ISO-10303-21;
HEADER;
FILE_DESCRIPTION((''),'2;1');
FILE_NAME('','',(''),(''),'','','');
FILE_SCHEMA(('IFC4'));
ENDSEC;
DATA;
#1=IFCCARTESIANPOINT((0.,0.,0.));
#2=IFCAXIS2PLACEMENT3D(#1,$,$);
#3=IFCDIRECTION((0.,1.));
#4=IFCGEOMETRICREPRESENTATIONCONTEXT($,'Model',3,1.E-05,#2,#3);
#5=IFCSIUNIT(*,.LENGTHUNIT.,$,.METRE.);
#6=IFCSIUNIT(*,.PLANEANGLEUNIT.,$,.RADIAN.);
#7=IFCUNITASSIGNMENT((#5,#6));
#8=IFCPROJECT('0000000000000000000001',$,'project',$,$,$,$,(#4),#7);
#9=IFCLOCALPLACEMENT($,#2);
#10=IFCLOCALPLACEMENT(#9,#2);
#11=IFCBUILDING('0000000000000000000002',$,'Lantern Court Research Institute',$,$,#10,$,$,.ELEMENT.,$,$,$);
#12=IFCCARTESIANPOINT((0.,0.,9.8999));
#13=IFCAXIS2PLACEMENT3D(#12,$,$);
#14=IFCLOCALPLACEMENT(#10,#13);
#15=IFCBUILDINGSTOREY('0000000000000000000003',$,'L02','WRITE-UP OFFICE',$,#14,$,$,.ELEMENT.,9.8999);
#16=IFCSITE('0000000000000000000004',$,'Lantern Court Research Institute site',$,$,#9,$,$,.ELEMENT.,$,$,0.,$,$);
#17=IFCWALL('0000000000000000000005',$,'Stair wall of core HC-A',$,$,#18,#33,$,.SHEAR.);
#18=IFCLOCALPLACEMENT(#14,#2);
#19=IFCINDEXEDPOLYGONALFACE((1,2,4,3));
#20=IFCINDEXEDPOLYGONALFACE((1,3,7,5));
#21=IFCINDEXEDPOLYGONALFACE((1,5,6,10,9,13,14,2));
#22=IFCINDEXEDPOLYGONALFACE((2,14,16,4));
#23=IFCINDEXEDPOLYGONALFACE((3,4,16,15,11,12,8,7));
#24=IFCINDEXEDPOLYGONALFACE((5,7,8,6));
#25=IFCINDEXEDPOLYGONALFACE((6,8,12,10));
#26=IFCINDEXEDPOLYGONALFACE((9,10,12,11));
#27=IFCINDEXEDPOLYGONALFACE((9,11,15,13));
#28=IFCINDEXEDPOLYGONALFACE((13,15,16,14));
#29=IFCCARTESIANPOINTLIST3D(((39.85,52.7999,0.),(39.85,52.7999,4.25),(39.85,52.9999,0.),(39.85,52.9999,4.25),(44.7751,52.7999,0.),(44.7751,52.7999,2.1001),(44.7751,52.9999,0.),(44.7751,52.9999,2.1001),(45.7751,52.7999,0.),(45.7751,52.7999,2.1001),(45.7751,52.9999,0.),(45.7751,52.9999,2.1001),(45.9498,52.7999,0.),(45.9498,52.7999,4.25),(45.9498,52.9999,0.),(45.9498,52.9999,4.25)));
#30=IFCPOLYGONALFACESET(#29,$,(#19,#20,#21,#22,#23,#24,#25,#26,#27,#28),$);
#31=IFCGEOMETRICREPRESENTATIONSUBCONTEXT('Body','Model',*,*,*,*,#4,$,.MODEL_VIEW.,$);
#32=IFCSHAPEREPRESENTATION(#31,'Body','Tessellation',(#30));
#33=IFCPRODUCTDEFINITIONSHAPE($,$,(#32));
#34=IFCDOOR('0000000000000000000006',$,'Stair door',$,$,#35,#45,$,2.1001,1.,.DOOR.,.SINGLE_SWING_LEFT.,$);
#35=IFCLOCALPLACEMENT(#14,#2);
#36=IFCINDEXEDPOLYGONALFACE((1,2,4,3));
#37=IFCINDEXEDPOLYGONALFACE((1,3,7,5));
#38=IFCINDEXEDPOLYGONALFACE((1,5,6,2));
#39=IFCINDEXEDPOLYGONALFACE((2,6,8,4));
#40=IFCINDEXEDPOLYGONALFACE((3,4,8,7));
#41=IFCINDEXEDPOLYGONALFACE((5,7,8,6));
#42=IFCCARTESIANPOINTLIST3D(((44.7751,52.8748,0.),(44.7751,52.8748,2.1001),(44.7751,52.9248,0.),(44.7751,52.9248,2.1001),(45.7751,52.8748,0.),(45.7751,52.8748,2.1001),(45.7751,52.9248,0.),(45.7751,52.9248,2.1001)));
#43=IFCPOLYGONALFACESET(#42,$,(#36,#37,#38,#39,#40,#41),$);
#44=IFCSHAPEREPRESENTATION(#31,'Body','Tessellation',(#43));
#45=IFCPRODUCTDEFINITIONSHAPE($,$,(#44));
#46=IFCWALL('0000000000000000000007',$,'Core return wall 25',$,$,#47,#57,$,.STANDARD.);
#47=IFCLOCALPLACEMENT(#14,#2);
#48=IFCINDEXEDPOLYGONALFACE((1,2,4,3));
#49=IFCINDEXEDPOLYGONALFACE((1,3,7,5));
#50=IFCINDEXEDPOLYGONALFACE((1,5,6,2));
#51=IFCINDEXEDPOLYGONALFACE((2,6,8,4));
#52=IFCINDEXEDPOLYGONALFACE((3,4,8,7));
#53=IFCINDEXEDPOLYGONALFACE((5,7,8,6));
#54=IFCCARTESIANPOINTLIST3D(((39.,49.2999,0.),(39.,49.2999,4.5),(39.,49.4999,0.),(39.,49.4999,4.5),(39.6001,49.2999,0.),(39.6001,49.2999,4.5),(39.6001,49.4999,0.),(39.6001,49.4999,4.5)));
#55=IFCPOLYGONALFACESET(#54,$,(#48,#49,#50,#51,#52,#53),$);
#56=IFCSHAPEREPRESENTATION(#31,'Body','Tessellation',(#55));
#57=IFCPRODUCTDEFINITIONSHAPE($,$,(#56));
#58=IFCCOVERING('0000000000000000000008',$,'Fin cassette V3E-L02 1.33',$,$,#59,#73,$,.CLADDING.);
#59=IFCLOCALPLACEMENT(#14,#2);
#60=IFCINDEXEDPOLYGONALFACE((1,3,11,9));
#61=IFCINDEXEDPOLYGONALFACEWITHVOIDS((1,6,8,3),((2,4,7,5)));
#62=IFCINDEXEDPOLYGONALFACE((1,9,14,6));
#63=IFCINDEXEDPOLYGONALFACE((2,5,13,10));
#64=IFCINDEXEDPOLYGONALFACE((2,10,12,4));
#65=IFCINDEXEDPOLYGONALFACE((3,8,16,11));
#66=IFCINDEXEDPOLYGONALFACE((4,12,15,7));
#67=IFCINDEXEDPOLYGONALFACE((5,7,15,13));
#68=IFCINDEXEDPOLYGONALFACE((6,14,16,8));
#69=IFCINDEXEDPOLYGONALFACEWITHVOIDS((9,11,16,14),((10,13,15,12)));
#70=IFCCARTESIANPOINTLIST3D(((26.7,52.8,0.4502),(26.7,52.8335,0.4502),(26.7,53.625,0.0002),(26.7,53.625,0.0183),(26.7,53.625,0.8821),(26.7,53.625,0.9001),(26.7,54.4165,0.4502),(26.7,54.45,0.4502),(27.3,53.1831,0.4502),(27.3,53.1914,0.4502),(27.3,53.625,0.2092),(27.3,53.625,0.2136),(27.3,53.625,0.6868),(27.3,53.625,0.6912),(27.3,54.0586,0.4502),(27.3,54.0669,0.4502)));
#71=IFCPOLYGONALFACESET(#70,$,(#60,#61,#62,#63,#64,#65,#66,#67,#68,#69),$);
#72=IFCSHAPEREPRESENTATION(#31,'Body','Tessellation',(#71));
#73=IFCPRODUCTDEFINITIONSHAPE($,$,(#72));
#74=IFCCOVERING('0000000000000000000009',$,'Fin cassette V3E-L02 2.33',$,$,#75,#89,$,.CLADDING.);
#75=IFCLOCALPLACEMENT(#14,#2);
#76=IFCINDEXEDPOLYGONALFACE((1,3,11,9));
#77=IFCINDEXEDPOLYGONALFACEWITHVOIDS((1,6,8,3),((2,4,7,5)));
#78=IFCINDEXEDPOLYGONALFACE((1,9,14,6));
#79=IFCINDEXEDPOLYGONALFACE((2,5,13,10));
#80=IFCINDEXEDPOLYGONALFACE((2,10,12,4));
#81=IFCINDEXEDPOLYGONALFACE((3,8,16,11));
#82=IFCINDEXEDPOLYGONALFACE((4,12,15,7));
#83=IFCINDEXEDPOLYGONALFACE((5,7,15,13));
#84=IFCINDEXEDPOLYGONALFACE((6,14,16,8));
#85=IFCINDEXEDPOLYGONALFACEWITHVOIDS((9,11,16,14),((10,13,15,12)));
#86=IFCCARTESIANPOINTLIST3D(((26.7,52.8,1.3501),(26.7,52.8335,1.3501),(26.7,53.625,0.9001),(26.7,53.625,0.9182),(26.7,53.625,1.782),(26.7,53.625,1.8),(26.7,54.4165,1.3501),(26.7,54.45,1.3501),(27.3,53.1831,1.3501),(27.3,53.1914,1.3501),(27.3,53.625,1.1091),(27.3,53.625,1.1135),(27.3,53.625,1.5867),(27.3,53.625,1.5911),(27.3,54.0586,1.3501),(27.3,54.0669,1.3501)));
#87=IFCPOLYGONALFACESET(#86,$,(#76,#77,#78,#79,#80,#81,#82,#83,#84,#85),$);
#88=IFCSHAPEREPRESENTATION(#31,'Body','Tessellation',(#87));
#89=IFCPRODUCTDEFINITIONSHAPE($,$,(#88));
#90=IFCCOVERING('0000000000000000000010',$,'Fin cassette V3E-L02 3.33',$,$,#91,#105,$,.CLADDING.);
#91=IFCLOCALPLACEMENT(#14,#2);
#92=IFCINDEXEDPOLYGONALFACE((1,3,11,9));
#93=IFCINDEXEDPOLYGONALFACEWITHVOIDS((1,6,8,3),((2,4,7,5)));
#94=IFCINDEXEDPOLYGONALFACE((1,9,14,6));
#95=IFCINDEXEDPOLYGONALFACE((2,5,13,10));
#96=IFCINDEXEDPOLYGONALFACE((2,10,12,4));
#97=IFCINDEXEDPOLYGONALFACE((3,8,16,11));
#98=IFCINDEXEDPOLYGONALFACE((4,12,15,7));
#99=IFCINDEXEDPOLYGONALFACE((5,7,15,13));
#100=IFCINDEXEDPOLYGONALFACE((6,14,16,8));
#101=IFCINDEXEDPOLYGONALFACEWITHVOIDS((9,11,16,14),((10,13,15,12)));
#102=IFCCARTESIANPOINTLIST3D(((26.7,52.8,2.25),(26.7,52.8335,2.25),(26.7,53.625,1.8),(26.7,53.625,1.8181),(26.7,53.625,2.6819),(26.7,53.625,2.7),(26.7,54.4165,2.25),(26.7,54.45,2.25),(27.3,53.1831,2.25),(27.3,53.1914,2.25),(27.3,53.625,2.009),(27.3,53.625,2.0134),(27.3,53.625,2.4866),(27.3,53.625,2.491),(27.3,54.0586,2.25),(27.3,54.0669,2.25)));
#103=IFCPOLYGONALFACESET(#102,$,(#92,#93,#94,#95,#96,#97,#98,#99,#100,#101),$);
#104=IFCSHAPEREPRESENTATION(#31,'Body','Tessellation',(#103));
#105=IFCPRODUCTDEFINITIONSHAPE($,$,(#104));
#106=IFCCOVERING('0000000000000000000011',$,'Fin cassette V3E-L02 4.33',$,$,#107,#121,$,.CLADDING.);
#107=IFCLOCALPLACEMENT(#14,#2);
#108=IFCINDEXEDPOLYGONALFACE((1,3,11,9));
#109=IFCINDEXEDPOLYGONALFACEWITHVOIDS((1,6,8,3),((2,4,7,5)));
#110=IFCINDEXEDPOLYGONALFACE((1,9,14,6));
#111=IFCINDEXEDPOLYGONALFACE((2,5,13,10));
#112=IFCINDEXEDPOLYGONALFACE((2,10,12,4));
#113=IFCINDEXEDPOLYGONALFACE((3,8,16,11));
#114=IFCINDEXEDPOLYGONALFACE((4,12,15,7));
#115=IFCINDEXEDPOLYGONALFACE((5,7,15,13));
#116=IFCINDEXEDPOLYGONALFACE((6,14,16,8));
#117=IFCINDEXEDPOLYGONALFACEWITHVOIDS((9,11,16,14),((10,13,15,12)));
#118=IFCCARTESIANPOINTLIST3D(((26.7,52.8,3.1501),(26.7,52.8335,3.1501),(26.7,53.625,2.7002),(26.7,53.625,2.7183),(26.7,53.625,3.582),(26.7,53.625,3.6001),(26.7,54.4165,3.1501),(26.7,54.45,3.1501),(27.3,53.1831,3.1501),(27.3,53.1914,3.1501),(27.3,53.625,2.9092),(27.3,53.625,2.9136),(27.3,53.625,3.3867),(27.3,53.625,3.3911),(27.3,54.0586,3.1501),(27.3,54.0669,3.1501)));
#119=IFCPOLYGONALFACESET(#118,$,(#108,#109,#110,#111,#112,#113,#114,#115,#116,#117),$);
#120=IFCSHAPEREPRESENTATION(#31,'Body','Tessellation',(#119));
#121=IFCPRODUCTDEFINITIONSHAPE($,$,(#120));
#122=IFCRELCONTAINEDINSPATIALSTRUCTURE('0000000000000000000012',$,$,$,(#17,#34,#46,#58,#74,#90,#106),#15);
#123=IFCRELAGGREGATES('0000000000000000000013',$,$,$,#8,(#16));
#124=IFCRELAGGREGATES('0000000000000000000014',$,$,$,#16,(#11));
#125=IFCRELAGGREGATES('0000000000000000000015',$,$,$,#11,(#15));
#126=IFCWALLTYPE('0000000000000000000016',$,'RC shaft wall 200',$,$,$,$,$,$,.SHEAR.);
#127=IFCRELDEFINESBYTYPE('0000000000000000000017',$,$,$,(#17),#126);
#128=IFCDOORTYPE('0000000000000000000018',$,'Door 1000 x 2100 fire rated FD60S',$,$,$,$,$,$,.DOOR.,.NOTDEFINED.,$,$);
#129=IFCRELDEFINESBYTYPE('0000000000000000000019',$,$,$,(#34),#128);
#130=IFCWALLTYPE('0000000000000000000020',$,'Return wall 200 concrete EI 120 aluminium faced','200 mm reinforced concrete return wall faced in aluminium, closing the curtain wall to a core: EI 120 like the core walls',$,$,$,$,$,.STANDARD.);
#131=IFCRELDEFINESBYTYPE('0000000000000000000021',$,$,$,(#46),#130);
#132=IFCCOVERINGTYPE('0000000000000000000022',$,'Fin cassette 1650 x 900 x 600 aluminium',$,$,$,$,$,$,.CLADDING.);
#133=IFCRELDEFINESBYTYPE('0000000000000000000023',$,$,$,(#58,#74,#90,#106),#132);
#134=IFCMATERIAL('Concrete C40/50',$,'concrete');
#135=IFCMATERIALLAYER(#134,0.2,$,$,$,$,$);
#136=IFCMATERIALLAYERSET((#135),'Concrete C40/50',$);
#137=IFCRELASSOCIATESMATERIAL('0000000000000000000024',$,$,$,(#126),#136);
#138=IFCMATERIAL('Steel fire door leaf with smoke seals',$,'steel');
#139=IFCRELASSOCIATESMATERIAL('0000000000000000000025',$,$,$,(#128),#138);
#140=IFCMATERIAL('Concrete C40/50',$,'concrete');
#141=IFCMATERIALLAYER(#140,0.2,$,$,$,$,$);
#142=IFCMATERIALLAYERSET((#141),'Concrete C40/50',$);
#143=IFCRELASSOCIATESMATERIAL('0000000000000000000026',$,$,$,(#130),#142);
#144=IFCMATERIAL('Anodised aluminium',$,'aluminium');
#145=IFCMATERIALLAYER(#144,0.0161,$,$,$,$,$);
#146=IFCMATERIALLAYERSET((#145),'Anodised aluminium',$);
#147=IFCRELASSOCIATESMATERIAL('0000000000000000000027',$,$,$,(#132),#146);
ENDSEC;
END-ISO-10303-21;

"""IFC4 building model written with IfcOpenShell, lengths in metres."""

from ifc_helpers import new_model, entity, si_unit, direction, frame, frame_2d, origin, place, context, subcontext, project, spatial, rectangle, extrude, material, layer, layer_set, type_object, element, fill, save


model = new_model("IFC4")

# Units and contexts
model_context = context("Model", 3, precision=1e-05, world=origin(), true_north=direction((0.0, 1.0)))
body_context = subcontext(model_context, "Body", "Model", "MODEL_VIEW")
ifc_project = project(units=[si_unit("LENGTHUNIT", "METRE"), si_unit("PLANEANGLEUNIT", "RADIAN")], contexts=[model_context])

# Site, building, storey
site_placement = place(None, origin())
site = spatial("IfcSite", under=ifc_project, at=site_placement, Name="Lantern Court Research Institute site", CompositionType="ELEMENT", RefElevation=0.0)
building_placement = place(site_placement, origin())
building = spatial("IfcBuilding", under=site, at=building_placement, Name="Lantern Court Research Institute", CompositionType="ELEMENT")
storey_placement = place(building_placement, frame((0.0, 0.0, 9.8999)))
storey = spatial("IfcBuildingStorey", under=building, at=storey_placement, Name="L02", Description="WRITE-UP OFFICE", CompositionType="ELEMENT", Elevation=9.8999)

# Wall, opening, door
ifc_material_1 = material(Name="Concrete C40/50", Category="concrete")
ifc_layer_1 = layer(ifc_material_1, 0.2)
ifc_layer_set_1 = layer_set([ifc_layer_1], Name="Concrete C40/50")
wall_type_1 = type_object("IfcWallType", Name="RC shaft wall 200", PredefinedType="SHEAR", material=ifc_layer_set_1)
wall_1_placement = place(storey_placement, frame((39.8501, 52.8999, 0.0), z_axis=(0.0, 0.0, 1.0), x_axis=(1.0, 0.0, 0.0)))
wall_1 = element("IfcWall", 1, at=wall_1_placement, inside=storey, type_object=wall_type_1, Name="Stair wall of core HC-A", PredefinedType="SHEAR", context=body_context, shape_type="SweptSolid", body=[
    extrude(rectangle(XDim=6.0999, YDim=0.2, at=frame_2d((3.0498, 0.0))), origin(), (0.0, 0.0, 1.0), 4.25),
])
opening_1_placement = place(wall_1_placement, frame((4.925, 0.0, 0.0)))
opening_1 = element("IfcOpeningElement", 2, at=opening_1_placement, cuts=wall_1, PredefinedType="OPENING", context=body_context, shape_type="SweptSolid", body=[
    extrude(rectangle(XDim=1.0, YDim=2.1001, at=frame_2d((0.5, 1.05))), frame((0.0, 0.1099, 0.0), z_axis=(0.0, -1.0, 0.0), x_axis=(1.0, 0.0, 0.0)), (0.0, 0.0, 1.0), 0.22),
])
ifc_material_2 = material(Name="Steel fire door leaf with smoke seals", Category="steel")
door_type_1 = type_object("IfcDoorType", Name="Door 1000 x 2100 fire rated FD60S", OperationType="NOTDEFINED", PredefinedType="DOOR", material=ifc_material_2)
door_1_placement = place(opening_1_placement, origin())
door_1 = element("IfcDoor", 3, at=door_1_placement, inside=storey, type_object=door_type_1, Name="Stair door", OperationType="SINGLE_SWING_LEFT", OverallHeight=2.1001, OverallWidth=1.0, PredefinedType="DOOR", context=body_context, shape_type="SweptSolid", body=[
    extrude(rectangle(XDim=1.0, YDim=2.1001, at=frame_2d((0.5, 1.05))), frame((0.0, 0.0249, 0.0), z_axis=(0.0, -1.0, 0.0), x_axis=(1.0, 0.0, 0.0)), (0.0, 0.0, 1.0), 0.05),
])
fill(opening_1, door_1)

# Wall
ifc_material_3 = material(Name="Concrete C40/50", Category="concrete")
ifc_layer_2 = layer(ifc_material_3, 0.2)
ifc_layer_set_2 = layer_set([ifc_layer_2], Name="Concrete C40/50")
wall_type_2 = type_object("IfcWallType", Name="Return wall 200 concrete EI 120 aluminium faced", Description="200 mm reinforced concrete return wall faced in aluminium, closing the curtain wall to a core: EI 120 like the core walls", PredefinedType="STANDARD", material=ifc_layer_set_2)
wall_2_placement = place(storey_placement, frame((39.6001, 49.3999, 0.0), z_axis=(0.0, 0.0, 1.0), x_axis=(-1.0, 0.0, 0.0)))
element("IfcWall", 4, at=wall_2_placement, inside=storey, type_object=wall_type_2, Name="Core return wall 25", PredefinedType="STANDARD", context=body_context, shape_type="SweptSolid", body=[
    extrude(rectangle(XDim=0.6001, YDim=0.2, at=frame_2d((0.3, 0.0))), origin(), (0.0, 0.0, 1.0), 4.5),
])

# Coverings
ifc_material_4 = material(Name="Anodised aluminium", Category="aluminium")
ifc_layer_3 = layer(ifc_material_4, 0.0161)
ifc_layer_set_3 = layer_set([ifc_layer_3], Name="Anodised aluminium")
covering_type = type_object("IfcCoveringType", Name="Fin cassette 1650 x 900 x 600 aluminium", PredefinedType="CLADDING", material=ifc_layer_set_3)
covering_1_placement = place(storey_placement, frame((26.7, 53.625, 0.4502), z_axis=(1.0, 0.0, 0.0), x_axis=(0.0, 1.0, 0.0)))
cartesian_point_1 = entity("IfcCartesianPoint", [0.825, 0.0])
cartesian_point_2 = entity("IfcCartesianPoint", [0.7915, 0.0])
cartesian_point_3 = entity("IfcCartesianPoint", [0.4419, 0.0])
cartesian_point_4 = entity("IfcCartesianPoint", [0.4336, 0.0])
element("IfcCovering", 5, at=covering_1_placement, inside=storey, type_object=covering_type, Name="Fin cassette V3E-L02 1.33", PredefinedType="CLADDING", context=body_context, shape_type="SweptSolid", body=[
    entity("IfcExtrudedAreaSolidTapered", entity("IfcArbitraryProfileDefWithVoids", "AREA", None, entity("IfcPolyline", [cartesian_point_1, entity("IfcCartesianPoint", [0.0, 0.45]), entity("IfcCartesianPoint", [-0.825, 0.0]), entity("IfcCartesianPoint", [0.0, -0.45]), cartesian_point_1]), [entity("IfcPolyline", [cartesian_point_2, entity("IfcCartesianPoint", [0.0, 0.4319]), entity("IfcCartesianPoint", [-0.7915, 0.0]), entity("IfcCartesianPoint", [0.0, -0.4319]), cartesian_point_2])]), entity("IfcAxis2Placement3D", entity("IfcCartesianPoint", [0.0, 0.0, 0.0])), entity("IfcDirection", [0.0, 0.0, 1.0]), 0.6001, entity("IfcArbitraryProfileDefWithVoids", "AREA", None, entity("IfcPolyline", [cartesian_point_3, entity("IfcCartesianPoint", [0.0, 0.241]), entity("IfcCartesianPoint", [-0.4419, 0.0]), entity("IfcCartesianPoint", [0.0, -0.241]), cartesian_point_3]), [entity("IfcPolyline", [cartesian_point_4, entity("IfcCartesianPoint", [0.0, 0.2366]), entity("IfcCartesianPoint", [-0.4336, 0.0]), entity("IfcCartesianPoint", [0.0, -0.2366]), cartesian_point_4])])),
])
covering_2_placement = place(storey_placement, frame((26.7, 53.625, 1.3501), z_axis=(1.0, 0.0, 0.0), x_axis=(0.0, 1.0, 0.0)))
cartesian_point_5 = entity("IfcCartesianPoint", [0.825, 0.0])
cartesian_point_6 = entity("IfcCartesianPoint", [0.7915, 0.0])
cartesian_point_7 = entity("IfcCartesianPoint", [0.4419, 0.0])
cartesian_point_8 = entity("IfcCartesianPoint", [0.4336, 0.0])
element("IfcCovering", 6, at=covering_2_placement, inside=storey, type_object=covering_type, Name="Fin cassette V3E-L02 2.33", PredefinedType="CLADDING", context=body_context, shape_type="SweptSolid", body=[
    entity("IfcExtrudedAreaSolidTapered", entity("IfcArbitraryProfileDefWithVoids", "AREA", None, entity("IfcPolyline", [cartesian_point_5, entity("IfcCartesianPoint", [0.0, 0.45]), entity("IfcCartesianPoint", [-0.825, 0.0]), entity("IfcCartesianPoint", [0.0, -0.45]), cartesian_point_5]), [entity("IfcPolyline", [cartesian_point_6, entity("IfcCartesianPoint", [0.0, 0.4319]), entity("IfcCartesianPoint", [-0.7915, 0.0]), entity("IfcCartesianPoint", [0.0, -0.4319]), cartesian_point_6])]), entity("IfcAxis2Placement3D", entity("IfcCartesianPoint", [0.0, 0.0, 0.0])), entity("IfcDirection", [0.0, 0.0, 1.0]), 0.6001, entity("IfcArbitraryProfileDefWithVoids", "AREA", None, entity("IfcPolyline", [cartesian_point_7, entity("IfcCartesianPoint", [0.0, 0.241]), entity("IfcCartesianPoint", [-0.4419, 0.0]), entity("IfcCartesianPoint", [0.0, -0.241]), cartesian_point_7]), [entity("IfcPolyline", [cartesian_point_8, entity("IfcCartesianPoint", [0.0, 0.2366]), entity("IfcCartesianPoint", [-0.4336, 0.0]), entity("IfcCartesianPoint", [0.0, -0.2366]), cartesian_point_8])])),
])
covering_3_placement = place(storey_placement, frame((26.7, 53.625, 2.25), z_axis=(1.0, 0.0, 0.0), x_axis=(0.0, 1.0, 0.0)))
cartesian_point_9 = entity("IfcCartesianPoint", [0.825, 0.0])
cartesian_point_10 = entity("IfcCartesianPoint", [0.7915, 0.0])
cartesian_point_11 = entity("IfcCartesianPoint", [0.4419, 0.0])
cartesian_point_12 = entity("IfcCartesianPoint", [0.4336, 0.0])
element("IfcCovering", 7, at=covering_3_placement, inside=storey, type_object=covering_type, Name="Fin cassette V3E-L02 3.33", PredefinedType="CLADDING", context=body_context, shape_type="SweptSolid", body=[
    entity("IfcExtrudedAreaSolidTapered", entity("IfcArbitraryProfileDefWithVoids", "AREA", None, entity("IfcPolyline", [cartesian_point_9, entity("IfcCartesianPoint", [0.0, 0.45]), entity("IfcCartesianPoint", [-0.825, 0.0]), entity("IfcCartesianPoint", [0.0, -0.45]), cartesian_point_9]), [entity("IfcPolyline", [cartesian_point_10, entity("IfcCartesianPoint", [0.0, 0.4319]), entity("IfcCartesianPoint", [-0.7915, 0.0]), entity("IfcCartesianPoint", [0.0, -0.4319]), cartesian_point_10])]), entity("IfcAxis2Placement3D", entity("IfcCartesianPoint", [0.0, 0.0, 0.0])), entity("IfcDirection", [0.0, 0.0, 1.0]), 0.6001, entity("IfcArbitraryProfileDefWithVoids", "AREA", None, entity("IfcPolyline", [cartesian_point_11, entity("IfcCartesianPoint", [0.0, 0.241]), entity("IfcCartesianPoint", [-0.4419, 0.0]), entity("IfcCartesianPoint", [0.0, -0.241]), cartesian_point_11]), [entity("IfcPolyline", [cartesian_point_12, entity("IfcCartesianPoint", [0.0, 0.2366]), entity("IfcCartesianPoint", [-0.4336, 0.0]), entity("IfcCartesianPoint", [0.0, -0.2366]), cartesian_point_12])])),
])
covering_4_placement = place(storey_placement, frame((26.7, 53.625, 3.1501), z_axis=(1.0, 0.0, 0.0), x_axis=(0.0, 1.0, 0.0)))
cartesian_point_13 = entity("IfcCartesianPoint", [0.825, 0.0])
cartesian_point_14 = entity("IfcCartesianPoint", [0.7915, 0.0])
cartesian_point_15 = entity("IfcCartesianPoint", [0.4419, 0.0])
cartesian_point_16 = entity("IfcCartesianPoint", [0.4336, 0.0])
element("IfcCovering", 8, at=covering_4_placement, inside=storey, type_object=covering_type, Name="Fin cassette V3E-L02 4.33", PredefinedType="CLADDING", context=body_context, shape_type="SweptSolid", body=[
    entity("IfcExtrudedAreaSolidTapered", entity("IfcArbitraryProfileDefWithVoids", "AREA", None, entity("IfcPolyline", [cartesian_point_13, entity("IfcCartesianPoint", [0.0, 0.45]), entity("IfcCartesianPoint", [-0.825, 0.0]), entity("IfcCartesianPoint", [0.0, -0.45]), cartesian_point_13]), [entity("IfcPolyline", [cartesian_point_14, entity("IfcCartesianPoint", [0.0, 0.4319]), entity("IfcCartesianPoint", [-0.7915, 0.0]), entity("IfcCartesianPoint", [0.0, -0.4319]), cartesian_point_14])]), entity("IfcAxis2Placement3D", entity("IfcCartesianPoint", [0.0, 0.0, 0.0])), entity("IfcDirection", [0.0, 0.0, 1.0]), 0.6001, entity("IfcArbitraryProfileDefWithVoids", "AREA", None, entity("IfcPolyline", [cartesian_point_15, entity("IfcCartesianPoint", [0.0, 0.241]), entity("IfcCartesianPoint", [-0.4419, 0.0]), entity("IfcCartesianPoint", [0.0, -0.241]), cartesian_point_15]), [entity("IfcPolyline", [cartesian_point_16, entity("IfcCartesianPoint", [0.0, 0.2366]), entity("IfcCartesianPoint", [-0.4336, 0.0]), entity("IfcCartesianPoint", [0.0, -0.2366]), cartesian_point_16])])),
])

save(model, "model.ifc")
